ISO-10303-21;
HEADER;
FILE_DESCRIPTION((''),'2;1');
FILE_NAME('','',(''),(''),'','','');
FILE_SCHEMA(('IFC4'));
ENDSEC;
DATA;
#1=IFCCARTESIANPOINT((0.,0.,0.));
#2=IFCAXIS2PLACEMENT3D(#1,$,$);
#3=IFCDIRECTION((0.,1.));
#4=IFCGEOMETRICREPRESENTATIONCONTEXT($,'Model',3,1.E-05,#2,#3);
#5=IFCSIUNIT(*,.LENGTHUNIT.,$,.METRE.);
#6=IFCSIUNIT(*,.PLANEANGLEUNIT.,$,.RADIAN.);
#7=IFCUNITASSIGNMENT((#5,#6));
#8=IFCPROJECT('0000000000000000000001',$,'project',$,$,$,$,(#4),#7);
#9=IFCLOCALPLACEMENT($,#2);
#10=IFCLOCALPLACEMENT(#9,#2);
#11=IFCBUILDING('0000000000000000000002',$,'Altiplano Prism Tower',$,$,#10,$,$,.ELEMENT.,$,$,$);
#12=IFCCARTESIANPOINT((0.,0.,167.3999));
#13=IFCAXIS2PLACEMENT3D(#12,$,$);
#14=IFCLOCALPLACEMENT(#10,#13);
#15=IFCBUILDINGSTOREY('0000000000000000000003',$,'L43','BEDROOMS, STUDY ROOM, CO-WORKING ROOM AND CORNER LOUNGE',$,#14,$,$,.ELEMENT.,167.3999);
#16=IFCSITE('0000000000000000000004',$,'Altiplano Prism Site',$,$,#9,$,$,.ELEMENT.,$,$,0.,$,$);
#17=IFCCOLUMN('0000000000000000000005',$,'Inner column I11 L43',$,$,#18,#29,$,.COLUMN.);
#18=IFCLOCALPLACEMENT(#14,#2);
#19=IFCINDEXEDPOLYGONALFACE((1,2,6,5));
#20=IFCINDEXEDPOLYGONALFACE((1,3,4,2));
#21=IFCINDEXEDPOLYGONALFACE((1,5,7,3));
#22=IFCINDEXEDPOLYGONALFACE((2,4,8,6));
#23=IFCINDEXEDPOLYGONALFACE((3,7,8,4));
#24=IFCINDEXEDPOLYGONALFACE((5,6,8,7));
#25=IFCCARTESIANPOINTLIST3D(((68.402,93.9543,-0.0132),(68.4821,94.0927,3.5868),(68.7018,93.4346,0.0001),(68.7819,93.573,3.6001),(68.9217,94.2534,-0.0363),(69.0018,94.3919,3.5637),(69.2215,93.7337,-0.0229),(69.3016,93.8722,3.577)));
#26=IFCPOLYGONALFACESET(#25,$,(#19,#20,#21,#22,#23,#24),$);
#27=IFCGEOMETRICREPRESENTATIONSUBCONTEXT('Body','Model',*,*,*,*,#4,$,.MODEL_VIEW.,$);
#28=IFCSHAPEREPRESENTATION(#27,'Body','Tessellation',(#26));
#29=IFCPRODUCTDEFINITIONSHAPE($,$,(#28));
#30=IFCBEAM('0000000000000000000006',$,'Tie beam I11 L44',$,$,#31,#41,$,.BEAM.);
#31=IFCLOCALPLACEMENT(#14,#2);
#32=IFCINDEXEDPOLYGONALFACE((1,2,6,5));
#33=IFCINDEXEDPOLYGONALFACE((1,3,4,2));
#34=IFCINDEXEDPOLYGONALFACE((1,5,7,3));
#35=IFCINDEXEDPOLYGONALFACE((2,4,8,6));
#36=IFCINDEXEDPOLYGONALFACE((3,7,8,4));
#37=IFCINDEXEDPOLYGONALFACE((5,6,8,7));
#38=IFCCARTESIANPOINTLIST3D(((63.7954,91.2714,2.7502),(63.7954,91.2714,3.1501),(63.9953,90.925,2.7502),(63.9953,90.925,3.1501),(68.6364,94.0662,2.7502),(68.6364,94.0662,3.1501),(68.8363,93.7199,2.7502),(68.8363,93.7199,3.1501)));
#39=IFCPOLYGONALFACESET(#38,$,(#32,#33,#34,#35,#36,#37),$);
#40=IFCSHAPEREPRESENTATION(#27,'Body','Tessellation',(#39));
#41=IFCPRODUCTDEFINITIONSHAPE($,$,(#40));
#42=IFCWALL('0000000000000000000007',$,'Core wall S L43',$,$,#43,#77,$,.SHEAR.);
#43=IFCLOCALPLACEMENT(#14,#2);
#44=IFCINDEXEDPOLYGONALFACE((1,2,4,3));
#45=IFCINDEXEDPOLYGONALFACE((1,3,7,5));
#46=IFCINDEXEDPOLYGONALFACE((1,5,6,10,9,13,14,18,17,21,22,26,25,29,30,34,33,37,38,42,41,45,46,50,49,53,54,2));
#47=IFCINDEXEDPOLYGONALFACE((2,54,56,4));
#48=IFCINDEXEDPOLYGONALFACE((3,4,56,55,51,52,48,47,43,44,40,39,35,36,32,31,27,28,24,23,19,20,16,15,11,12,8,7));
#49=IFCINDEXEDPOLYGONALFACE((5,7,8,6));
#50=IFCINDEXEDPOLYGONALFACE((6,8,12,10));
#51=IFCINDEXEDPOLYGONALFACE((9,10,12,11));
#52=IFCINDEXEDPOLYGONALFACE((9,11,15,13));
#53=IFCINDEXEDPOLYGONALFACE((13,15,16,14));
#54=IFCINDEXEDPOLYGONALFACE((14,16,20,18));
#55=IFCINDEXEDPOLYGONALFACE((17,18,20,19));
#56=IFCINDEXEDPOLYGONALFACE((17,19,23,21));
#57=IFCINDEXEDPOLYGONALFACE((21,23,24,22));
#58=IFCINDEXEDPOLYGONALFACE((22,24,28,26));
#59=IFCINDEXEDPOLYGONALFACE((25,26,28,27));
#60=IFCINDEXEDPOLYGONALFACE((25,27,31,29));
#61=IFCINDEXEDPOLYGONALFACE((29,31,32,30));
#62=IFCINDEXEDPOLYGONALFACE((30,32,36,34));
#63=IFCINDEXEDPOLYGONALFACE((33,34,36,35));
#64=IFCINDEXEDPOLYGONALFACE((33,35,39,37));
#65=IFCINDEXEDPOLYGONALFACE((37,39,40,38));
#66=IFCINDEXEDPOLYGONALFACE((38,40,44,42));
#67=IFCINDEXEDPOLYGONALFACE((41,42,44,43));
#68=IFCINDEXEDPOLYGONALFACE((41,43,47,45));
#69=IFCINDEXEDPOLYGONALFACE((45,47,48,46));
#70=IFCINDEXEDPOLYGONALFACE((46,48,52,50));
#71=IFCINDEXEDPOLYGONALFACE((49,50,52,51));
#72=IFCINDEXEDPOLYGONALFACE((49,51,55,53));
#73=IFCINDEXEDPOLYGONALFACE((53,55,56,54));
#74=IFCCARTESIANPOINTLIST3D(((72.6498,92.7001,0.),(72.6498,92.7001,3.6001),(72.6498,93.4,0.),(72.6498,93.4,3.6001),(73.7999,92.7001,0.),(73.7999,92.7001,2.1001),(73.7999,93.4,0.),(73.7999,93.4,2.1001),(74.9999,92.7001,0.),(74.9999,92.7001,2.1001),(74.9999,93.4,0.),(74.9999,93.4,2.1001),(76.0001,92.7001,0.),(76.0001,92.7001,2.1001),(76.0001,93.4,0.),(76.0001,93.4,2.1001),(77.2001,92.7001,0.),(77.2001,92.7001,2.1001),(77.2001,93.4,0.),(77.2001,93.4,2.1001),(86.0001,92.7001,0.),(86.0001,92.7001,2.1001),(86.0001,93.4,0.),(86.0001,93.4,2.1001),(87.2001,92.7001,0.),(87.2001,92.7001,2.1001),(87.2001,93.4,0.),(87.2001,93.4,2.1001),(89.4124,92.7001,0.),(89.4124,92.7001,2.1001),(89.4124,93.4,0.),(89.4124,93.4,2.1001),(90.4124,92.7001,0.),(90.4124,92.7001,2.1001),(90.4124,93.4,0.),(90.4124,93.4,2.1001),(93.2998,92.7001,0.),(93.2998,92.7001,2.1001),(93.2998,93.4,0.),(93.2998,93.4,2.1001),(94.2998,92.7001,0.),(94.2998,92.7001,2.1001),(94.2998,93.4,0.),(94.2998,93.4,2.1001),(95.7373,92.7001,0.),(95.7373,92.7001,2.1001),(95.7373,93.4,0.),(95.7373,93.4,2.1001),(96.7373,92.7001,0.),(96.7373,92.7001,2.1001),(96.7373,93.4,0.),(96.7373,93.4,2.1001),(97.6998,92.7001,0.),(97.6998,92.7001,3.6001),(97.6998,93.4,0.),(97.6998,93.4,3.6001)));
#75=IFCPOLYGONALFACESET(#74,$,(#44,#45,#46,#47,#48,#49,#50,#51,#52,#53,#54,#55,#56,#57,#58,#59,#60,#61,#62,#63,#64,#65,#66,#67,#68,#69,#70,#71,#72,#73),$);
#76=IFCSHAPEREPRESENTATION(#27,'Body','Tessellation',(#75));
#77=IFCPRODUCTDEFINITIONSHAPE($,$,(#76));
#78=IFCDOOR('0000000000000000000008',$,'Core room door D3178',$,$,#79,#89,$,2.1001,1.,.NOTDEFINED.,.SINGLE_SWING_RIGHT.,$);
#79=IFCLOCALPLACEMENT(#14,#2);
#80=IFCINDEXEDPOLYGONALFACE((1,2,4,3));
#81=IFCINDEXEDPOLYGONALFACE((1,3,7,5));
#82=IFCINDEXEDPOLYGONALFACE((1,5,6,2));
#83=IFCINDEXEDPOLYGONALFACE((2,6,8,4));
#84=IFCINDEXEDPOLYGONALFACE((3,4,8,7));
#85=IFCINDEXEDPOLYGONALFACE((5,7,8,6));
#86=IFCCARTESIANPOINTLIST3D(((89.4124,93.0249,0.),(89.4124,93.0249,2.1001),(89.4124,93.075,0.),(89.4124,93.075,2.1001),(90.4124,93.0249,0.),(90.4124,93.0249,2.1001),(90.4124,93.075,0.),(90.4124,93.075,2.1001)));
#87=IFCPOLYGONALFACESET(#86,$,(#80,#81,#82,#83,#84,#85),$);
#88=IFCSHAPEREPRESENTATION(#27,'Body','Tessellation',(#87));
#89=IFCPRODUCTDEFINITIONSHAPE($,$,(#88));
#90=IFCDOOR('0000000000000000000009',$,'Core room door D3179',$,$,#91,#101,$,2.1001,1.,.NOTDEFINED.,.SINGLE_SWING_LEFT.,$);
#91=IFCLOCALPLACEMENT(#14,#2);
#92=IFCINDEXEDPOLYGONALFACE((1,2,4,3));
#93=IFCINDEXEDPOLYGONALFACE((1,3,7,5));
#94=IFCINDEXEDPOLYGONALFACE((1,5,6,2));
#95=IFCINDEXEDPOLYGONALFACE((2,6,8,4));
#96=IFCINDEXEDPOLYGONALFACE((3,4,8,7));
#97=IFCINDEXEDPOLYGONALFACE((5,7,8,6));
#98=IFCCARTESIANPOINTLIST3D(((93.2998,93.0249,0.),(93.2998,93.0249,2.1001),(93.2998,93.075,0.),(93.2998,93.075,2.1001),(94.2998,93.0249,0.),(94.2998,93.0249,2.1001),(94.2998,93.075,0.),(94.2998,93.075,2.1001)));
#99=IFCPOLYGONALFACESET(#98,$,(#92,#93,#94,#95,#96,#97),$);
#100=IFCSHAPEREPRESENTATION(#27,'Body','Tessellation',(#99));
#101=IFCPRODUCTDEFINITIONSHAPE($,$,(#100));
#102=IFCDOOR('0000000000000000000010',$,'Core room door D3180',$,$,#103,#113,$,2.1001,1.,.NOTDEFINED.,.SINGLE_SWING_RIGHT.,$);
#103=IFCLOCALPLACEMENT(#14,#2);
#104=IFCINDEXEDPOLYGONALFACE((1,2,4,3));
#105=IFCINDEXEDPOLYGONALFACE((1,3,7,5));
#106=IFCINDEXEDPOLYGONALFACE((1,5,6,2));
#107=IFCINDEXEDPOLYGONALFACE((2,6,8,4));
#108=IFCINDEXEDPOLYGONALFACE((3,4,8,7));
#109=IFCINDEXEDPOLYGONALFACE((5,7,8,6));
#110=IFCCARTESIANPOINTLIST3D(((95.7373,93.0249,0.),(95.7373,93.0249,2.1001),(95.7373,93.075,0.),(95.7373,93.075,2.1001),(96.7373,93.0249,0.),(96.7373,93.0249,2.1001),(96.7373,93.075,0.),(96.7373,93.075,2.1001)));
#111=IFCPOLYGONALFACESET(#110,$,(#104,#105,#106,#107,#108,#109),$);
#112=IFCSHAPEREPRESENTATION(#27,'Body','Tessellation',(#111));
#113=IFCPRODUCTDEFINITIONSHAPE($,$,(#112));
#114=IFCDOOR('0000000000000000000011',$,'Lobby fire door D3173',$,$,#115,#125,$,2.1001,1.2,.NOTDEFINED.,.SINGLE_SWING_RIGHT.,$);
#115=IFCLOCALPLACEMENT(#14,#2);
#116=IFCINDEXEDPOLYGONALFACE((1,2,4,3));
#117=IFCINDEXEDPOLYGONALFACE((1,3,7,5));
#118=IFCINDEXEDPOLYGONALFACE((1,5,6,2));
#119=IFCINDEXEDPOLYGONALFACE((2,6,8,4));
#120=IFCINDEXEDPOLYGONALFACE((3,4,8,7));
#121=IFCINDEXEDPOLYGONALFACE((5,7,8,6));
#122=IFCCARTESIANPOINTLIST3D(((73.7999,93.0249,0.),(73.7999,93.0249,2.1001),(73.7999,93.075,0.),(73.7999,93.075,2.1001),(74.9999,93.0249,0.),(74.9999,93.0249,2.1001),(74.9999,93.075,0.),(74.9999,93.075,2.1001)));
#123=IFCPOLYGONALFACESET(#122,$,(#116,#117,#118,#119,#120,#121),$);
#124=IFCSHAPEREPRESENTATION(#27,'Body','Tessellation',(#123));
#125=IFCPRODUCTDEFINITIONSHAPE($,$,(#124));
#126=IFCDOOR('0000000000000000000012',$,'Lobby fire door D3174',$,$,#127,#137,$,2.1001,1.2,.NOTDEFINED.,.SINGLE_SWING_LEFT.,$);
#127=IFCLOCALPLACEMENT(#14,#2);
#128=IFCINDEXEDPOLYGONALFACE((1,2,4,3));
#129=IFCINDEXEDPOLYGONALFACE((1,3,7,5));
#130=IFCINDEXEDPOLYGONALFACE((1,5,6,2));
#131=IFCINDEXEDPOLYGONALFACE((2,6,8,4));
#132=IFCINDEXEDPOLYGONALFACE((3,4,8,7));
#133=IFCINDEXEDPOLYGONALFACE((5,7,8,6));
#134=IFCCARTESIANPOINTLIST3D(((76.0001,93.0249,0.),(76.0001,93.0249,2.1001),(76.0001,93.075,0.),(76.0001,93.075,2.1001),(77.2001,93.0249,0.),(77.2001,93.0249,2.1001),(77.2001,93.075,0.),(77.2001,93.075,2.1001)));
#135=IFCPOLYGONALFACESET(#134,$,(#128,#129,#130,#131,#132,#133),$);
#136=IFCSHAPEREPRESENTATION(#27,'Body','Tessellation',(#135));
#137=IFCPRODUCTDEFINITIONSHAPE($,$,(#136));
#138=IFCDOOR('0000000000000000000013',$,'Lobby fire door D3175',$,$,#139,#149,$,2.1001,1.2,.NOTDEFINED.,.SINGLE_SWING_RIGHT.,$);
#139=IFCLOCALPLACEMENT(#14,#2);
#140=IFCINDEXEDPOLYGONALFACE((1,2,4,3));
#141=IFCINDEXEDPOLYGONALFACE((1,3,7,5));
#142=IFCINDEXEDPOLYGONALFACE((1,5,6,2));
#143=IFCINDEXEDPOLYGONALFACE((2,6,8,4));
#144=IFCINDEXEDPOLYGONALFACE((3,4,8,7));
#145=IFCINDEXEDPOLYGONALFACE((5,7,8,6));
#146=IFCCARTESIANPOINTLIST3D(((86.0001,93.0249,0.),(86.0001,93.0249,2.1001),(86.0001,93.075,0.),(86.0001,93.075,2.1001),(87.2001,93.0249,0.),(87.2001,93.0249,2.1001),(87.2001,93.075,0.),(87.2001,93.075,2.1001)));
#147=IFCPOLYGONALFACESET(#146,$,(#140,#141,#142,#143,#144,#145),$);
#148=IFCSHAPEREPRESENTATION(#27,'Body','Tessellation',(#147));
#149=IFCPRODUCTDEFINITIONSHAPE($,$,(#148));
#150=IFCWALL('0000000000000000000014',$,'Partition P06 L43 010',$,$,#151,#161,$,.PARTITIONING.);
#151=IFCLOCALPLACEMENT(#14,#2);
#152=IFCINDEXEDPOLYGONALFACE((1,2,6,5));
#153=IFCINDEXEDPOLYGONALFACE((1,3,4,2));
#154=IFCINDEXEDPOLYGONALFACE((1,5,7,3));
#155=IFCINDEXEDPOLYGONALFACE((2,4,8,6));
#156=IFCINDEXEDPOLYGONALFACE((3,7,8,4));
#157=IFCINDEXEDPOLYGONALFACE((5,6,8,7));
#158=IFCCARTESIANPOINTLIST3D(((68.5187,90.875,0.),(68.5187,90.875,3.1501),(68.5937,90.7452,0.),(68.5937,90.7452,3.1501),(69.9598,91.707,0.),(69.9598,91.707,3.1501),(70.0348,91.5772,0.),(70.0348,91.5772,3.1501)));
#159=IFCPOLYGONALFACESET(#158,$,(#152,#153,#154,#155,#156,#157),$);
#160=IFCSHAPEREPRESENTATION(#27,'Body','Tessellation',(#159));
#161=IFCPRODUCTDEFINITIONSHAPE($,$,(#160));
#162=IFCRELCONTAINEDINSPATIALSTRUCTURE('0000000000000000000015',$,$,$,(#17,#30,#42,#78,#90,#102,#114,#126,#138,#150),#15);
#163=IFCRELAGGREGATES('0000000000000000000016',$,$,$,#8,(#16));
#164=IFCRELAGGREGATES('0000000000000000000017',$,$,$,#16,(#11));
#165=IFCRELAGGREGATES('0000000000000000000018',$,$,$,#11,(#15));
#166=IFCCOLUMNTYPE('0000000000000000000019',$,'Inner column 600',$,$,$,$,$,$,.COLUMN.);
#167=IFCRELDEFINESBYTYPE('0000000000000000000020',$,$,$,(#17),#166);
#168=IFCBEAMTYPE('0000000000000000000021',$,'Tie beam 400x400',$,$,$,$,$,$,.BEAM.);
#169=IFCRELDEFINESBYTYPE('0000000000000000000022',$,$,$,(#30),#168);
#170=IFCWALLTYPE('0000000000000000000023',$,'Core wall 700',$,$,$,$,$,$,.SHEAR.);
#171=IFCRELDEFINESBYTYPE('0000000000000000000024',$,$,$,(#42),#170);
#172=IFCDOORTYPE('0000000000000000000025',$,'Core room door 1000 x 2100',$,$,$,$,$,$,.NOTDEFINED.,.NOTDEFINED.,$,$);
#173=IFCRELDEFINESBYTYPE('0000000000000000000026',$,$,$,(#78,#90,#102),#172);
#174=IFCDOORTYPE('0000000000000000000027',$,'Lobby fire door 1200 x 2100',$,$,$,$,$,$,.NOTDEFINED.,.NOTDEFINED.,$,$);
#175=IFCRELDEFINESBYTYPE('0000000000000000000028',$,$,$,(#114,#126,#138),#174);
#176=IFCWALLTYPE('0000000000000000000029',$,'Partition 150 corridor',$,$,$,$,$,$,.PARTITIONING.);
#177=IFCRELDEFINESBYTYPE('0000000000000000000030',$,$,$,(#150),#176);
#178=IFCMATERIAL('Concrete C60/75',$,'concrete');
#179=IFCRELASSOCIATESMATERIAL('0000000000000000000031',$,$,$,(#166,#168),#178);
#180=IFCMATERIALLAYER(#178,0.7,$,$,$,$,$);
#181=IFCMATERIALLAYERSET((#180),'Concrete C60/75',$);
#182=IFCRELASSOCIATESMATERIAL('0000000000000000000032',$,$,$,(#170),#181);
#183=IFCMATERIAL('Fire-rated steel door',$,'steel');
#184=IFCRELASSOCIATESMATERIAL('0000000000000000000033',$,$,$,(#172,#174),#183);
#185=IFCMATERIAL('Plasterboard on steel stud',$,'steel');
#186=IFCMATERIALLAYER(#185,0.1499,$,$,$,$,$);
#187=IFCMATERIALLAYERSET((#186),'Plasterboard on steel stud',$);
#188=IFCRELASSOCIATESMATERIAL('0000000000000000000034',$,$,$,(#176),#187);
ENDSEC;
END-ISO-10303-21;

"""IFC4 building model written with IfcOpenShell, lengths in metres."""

from ifc_helpers import new_model, si_unit, direction, frame, frame_2d, origin, origin_2d, place, context, subcontext, project, spatial, rectangle, extrude, material, layer, layer_set, material_profile, profile_set, type_object, element, fill, save


model = new_model("IFC4")

# Units and contexts
model_context = context("Model", 3, precision=1e-05, world=origin(), true_north=direction((0.0, 1.0)))
body_context = subcontext(model_context, "Body", "Model", "MODEL_VIEW")
ifc_project = project(units=[si_unit("LENGTHUNIT", "METRE"), si_unit("PLANEANGLEUNIT", "RADIAN")], contexts=[model_context])

# Site, building, storey
site_placement = place(None, origin())
site = spatial("IfcSite", under=ifc_project, at=site_placement, Name="Altiplano Prism Site", CompositionType="ELEMENT", RefElevation=0.0)
building_placement = place(site_placement, origin())
building = spatial("IfcBuilding", under=site, at=building_placement, Name="Altiplano Prism Tower", CompositionType="ELEMENT")
storey_placement = place(building_placement, frame((0.0, 0.0, 167.3999)))
storey = spatial("IfcBuildingStorey", under=building, at=storey_placement, Name="L43", Description="BEDROOMS, STUDY ROOM, CO-WORKING ROOM AND CORNER LOUNGE", CompositionType="ELEMENT", Elevation=167.3999)

# Column
ifc_material_1 = material(Name="Concrete C60/75", Category="concrete")
ifc_material_profile_1 = material_profile(ifc_material_1, rectangle(XDim=0.6001, YDim=0.6001, at=origin_2d()), Name="Inner column 600")
ifc_profile_set_1 = profile_set([ifc_material_profile_1], Name="Concrete C60/75")
column_type = type_object("IfcColumnType", Name="Inner column 600", PredefinedType="COLUMN", material=ifc_profile_set_1)
column_placement = place(storey_placement, frame((68.8118, 93.844, -0.0181), z_axis=(0.022223, 0.038416, 0.999015), x_axis=(-0.866021, -0.498528, 0.038435)))
element("IfcColumn", 1, at=column_placement, inside=storey, type_object=column_type, Name="Inner column I11 L43", PredefinedType="COLUMN", context=body_context, shape_type="SweptSolid", body=[
    extrude(rectangle(XDim=0.6001, YDim=0.6001, at=origin_2d()), origin(), (0.0, 0.0, 1.0), 3.6035),
])

# Beam
ifc_material_profile_2 = material_profile(ifc_material_1, rectangle(XDim=0.3999, YDim=0.3999, at=origin_2d()), Name="Tie beam 400x400")
ifc_profile_set_2 = profile_set([ifc_material_profile_2], Name="Concrete C60/75")
beam_type = type_object("IfcBeamType", Name="Tie beam 400x400", PredefinedType="BEAM", material=ifc_profile_set_2)
beam_placement = place(storey_placement, frame((68.7363, 93.8931, 2.9502), z_axis=(-0.866031, -0.499991, 0.0), x_axis=(0.499991, -0.866031, 0.0)))
element("IfcBeam", 2, at=beam_placement, inside=storey, type_object=beam_type, Name="Tie beam I11 L44", PredefinedType="BEAM", context=body_context, shape_type="SweptSolid", body=[
    extrude(rectangle(XDim=0.3999, YDim=0.3999, at=origin_2d()), origin(), (0.0, 0.0, 1.0), 5.5898),
])

# Wall, openings, doors
ifc_layer_1 = layer(ifc_material_1, 0.7)
ifc_layer_set_1 = layer_set([ifc_layer_1], Name="Concrete C60/75")
wall_type_1 = type_object("IfcWallType", Name="Core wall 700", PredefinedType="SHEAR", material=ifc_layer_set_1)
wall_1_placement = place(storey_placement, frame((72.6499, 93.05, 0.0), z_axis=(0.0, 0.0, 1.0), x_axis=(1.0, 0.0, 0.0)))
wall_1 = element("IfcWall", 3, at=wall_1_placement, inside=storey, type_object=wall_type_1, Name="Core wall S L43", PredefinedType="SHEAR", context=body_context, shape_type="SweptSolid", body=[
    extrude(rectangle(XDim=25.05, YDim=0.7, at=frame_2d((12.5249, 0.0))), origin(), (0.0, 0.0, 1.0), 3.6001),
])
opening_1_placement = place(wall_1_placement, frame((1.1499, 0.0, 0.0)))
opening_1 = element("IfcOpeningElement", 4, at=opening_1_placement, cuts=wall_1, PredefinedType="OPENING", context=body_context, shape_type="SweptSolid", body=[
    extrude(rectangle(XDim=1.2, YDim=2.1001, at=frame_2d((0.6001, 1.05))), frame((0.0, 0.3604, 0.0), z_axis=(0.0, -1.0, 0.0), x_axis=(1.0, 0.0, 0.0)), (0.0, 0.0, 1.0), 0.7209),
])
opening_2_placement = place(wall_1_placement, frame((3.3501, 0.0, 0.0)))
opening_2 = element("IfcOpeningElement", 5, at=opening_2_placement, cuts=wall_1, PredefinedType="OPENING", context=body_context, shape_type="SweptSolid", body=[
    extrude(rectangle(XDim=1.2, YDim=2.1001, at=frame_2d((0.6001, 1.05))), frame((0.0, 0.3604, 0.0), z_axis=(0.0, -1.0, 0.0), x_axis=(1.0, 0.0, 0.0)), (0.0, 0.0, 1.0), 0.7209),
])
opening_3_placement = place(wall_1_placement, frame((13.3501, 0.0, 0.0)))
opening_3 = element("IfcOpeningElement", 6, at=opening_3_placement, cuts=wall_1, PredefinedType="OPENING", context=body_context, shape_type="SweptSolid", body=[
    extrude(rectangle(XDim=1.2, YDim=2.1001, at=frame_2d((0.6001, 1.05))), frame((0.0, 0.3604, 0.0), z_axis=(0.0, -1.0, 0.0), x_axis=(1.0, 0.0, 0.0)), (0.0, 0.0, 1.0), 0.7209),
])
opening_4_placement = place(wall_1_placement, frame((16.7625, 0.0, 0.0)))
opening_4 = element("IfcOpeningElement", 7, at=opening_4_placement, cuts=wall_1, PredefinedType="OPENING", context=body_context, shape_type="SweptSolid", body=[
    extrude(rectangle(XDim=1.0, YDim=2.1001, at=frame_2d((0.5, 1.05))), frame((0.0, 0.3604, 0.0), z_axis=(0.0, -1.0, 0.0), x_axis=(1.0, 0.0, 0.0)), (0.0, 0.0, 1.0), 0.7209),
])
opening_5_placement = place(wall_1_placement, frame((20.6499, 0.0, 0.0)))
opening_5 = element("IfcOpeningElement", 8, at=opening_5_placement, cuts=wall_1, PredefinedType="OPENING", context=body_context, shape_type="SweptSolid", body=[
    extrude(rectangle(XDim=1.0, YDim=2.1001, at=frame_2d((0.5, 1.05))), frame((0.0, 0.3604, 0.0), z_axis=(0.0, -1.0, 0.0), x_axis=(1.0, 0.0, 0.0)), (0.0, 0.0, 1.0), 0.7209),
])
opening_6_placement = place(wall_1_placement, frame((23.0874, 0.0, 0.0)))
opening_6 = element("IfcOpeningElement", 9, at=opening_6_placement, cuts=wall_1, PredefinedType="OPENING", context=body_context, shape_type="SweptSolid", body=[
    extrude(rectangle(XDim=1.0, YDim=2.1001, at=frame_2d((0.5, 1.05))), frame((0.0, 0.3604, 0.0), z_axis=(0.0, -1.0, 0.0), x_axis=(1.0, 0.0, 0.0)), (0.0, 0.0, 1.0), 0.7209),
])
ifc_material_2 = material(Name="Fire-rated steel door", Category="steel")
door_type_1 = type_object("IfcDoorType", Name="Core room door 1000 x 2100", OperationType="NOTDEFINED", PredefinedType="NOTDEFINED", material=ifc_material_2)
door_1_placement = place(opening_4_placement, origin())
door_1 = element("IfcDoor", 10, at=door_1_placement, inside=storey, type_object=door_type_1, Name="Core room door D3178", OperationType="SINGLE_SWING_RIGHT", OverallHeight=2.1001, OverallWidth=1.0, PredefinedType="NOTDEFINED", context=body_context, shape_type="SweptSolid", body=[
    extrude(rectangle(XDim=1.0, YDim=2.1001, at=frame_2d((0.5, 1.05))), frame((0.0, 0.0249, 0.0), z_axis=(0.0, -1.0, 0.0), x_axis=(1.0, 0.0, 0.0)), (0.0, 0.0, 1.0), 0.05),
])
fill(opening_4, door_1)
door_2_placement = place(opening_5_placement, origin())
door_2 = element("IfcDoor", 11, at=door_2_placement, inside=storey, type_object=door_type_1, Name="Core room door D3179", OperationType="SINGLE_SWING_LEFT", OverallHeight=2.1001, OverallWidth=1.0, PredefinedType="NOTDEFINED", context=body_context, shape_type="SweptSolid", body=[
    extrude(rectangle(XDim=1.0, YDim=2.1001, at=frame_2d((0.5, 1.05))), frame((0.0, 0.0249, 0.0), z_axis=(0.0, -1.0, 0.0), x_axis=(1.0, 0.0, 0.0)), (0.0, 0.0, 1.0), 0.05),
])
fill(opening_5, door_2)
door_3_placement = place(opening_6_placement, origin())
door_3 = element("IfcDoor", 12, at=door_3_placement, inside=storey, type_object=door_type_1, Name="Core room door D3180", OperationType="SINGLE_SWING_RIGHT", OverallHeight=2.1001, OverallWidth=1.0, PredefinedType="NOTDEFINED", context=body_context, shape_type="SweptSolid", body=[
    extrude(rectangle(XDim=1.0, YDim=2.1001, at=frame_2d((0.5, 1.05))), frame((0.0, 0.0249, 0.0), z_axis=(0.0, -1.0, 0.0), x_axis=(1.0, 0.0, 0.0)), (0.0, 0.0, 1.0), 0.05),
])
fill(opening_6, door_3)
door_type_2 = type_object("IfcDoorType", Name="Lobby fire door 1200 x 2100", OperationType="NOTDEFINED", PredefinedType="NOTDEFINED", material=ifc_material_2)
door_4_placement = place(opening_1_placement, origin())
door_4 = element("IfcDoor", 13, at=door_4_placement, inside=storey, type_object=door_type_2, Name="Lobby fire door D3173", OperationType="SINGLE_SWING_RIGHT", OverallHeight=2.1001, OverallWidth=1.2, PredefinedType="NOTDEFINED", context=body_context, shape_type="SweptSolid", body=[
    extrude(rectangle(XDim=1.2, YDim=2.1001, at=frame_2d((0.6001, 1.05))), frame((0.0, 0.0249, 0.0), z_axis=(0.0, -1.0, 0.0), x_axis=(1.0, 0.0, 0.0)), (0.0, 0.0, 1.0), 0.05),
])
fill(opening_1, door_4)
door_5_placement = place(opening_2_placement, origin())
door_5 = element("IfcDoor", 14, at=door_5_placement, inside=storey, type_object=door_type_2, Name="Lobby fire door D3174", OperationType="SINGLE_SWING_LEFT", OverallHeight=2.1001, OverallWidth=1.2, PredefinedType="NOTDEFINED", context=body_context, shape_type="SweptSolid", body=[
    extrude(rectangle(XDim=1.2, YDim=2.1001, at=frame_2d((0.6001, 1.05))), frame((0.0, 0.0249, 0.0), z_axis=(0.0, -1.0, 0.0), x_axis=(1.0, 0.0, 0.0)), (0.0, 0.0, 1.0), 0.05),
])
fill(opening_2, door_5)
door_6_placement = place(opening_3_placement, origin())
door_6 = element("IfcDoor", 15, at=door_6_placement, inside=storey, type_object=door_type_2, Name="Lobby fire door D3175", OperationType="SINGLE_SWING_RIGHT", OverallHeight=2.1001, OverallWidth=1.2, PredefinedType="NOTDEFINED", context=body_context, shape_type="SweptSolid", body=[
    extrude(rectangle(XDim=1.2, YDim=2.1001, at=frame_2d((0.6001, 1.05))), frame((0.0, 0.0249, 0.0), z_axis=(0.0, -1.0, 0.0), x_axis=(1.0, 0.0, 0.0)), (0.0, 0.0, 1.0), 0.05),
])
fill(opening_3, door_6)

# Wall
ifc_material_3 = material(Name="Plasterboard on steel stud", Category="steel")
ifc_layer_2 = layer(ifc_material_3, 0.1499)
ifc_layer_set_2 = layer_set([ifc_layer_2], Name="Plasterboard on steel stud")
wall_type_2 = type_object("IfcWallType", Name="Partition 150 corridor", PredefinedType="PARTITIONING", material=ifc_layer_set_2)
wall_2_placement = place(storey_placement, frame((69.9973, 91.6421, 0.0), z_axis=(0.0, 0.0, 1.0), x_axis=(-0.866032, -0.499989, 0.0)))
element("IfcWall", 16, at=wall_2_placement, inside=storey, type_object=wall_type_2, Name="Partition P06 L43 010", PredefinedType="PARTITIONING", context=body_context, shape_type="SweptSolid", body=[
    extrude(rectangle(XDim=1.6641, YDim=0.1499, at=frame_2d((0.832, 0.0))), origin(), (0.0, 0.0, 1.0), 3.1501),
])

save(model, "model.ifc")
